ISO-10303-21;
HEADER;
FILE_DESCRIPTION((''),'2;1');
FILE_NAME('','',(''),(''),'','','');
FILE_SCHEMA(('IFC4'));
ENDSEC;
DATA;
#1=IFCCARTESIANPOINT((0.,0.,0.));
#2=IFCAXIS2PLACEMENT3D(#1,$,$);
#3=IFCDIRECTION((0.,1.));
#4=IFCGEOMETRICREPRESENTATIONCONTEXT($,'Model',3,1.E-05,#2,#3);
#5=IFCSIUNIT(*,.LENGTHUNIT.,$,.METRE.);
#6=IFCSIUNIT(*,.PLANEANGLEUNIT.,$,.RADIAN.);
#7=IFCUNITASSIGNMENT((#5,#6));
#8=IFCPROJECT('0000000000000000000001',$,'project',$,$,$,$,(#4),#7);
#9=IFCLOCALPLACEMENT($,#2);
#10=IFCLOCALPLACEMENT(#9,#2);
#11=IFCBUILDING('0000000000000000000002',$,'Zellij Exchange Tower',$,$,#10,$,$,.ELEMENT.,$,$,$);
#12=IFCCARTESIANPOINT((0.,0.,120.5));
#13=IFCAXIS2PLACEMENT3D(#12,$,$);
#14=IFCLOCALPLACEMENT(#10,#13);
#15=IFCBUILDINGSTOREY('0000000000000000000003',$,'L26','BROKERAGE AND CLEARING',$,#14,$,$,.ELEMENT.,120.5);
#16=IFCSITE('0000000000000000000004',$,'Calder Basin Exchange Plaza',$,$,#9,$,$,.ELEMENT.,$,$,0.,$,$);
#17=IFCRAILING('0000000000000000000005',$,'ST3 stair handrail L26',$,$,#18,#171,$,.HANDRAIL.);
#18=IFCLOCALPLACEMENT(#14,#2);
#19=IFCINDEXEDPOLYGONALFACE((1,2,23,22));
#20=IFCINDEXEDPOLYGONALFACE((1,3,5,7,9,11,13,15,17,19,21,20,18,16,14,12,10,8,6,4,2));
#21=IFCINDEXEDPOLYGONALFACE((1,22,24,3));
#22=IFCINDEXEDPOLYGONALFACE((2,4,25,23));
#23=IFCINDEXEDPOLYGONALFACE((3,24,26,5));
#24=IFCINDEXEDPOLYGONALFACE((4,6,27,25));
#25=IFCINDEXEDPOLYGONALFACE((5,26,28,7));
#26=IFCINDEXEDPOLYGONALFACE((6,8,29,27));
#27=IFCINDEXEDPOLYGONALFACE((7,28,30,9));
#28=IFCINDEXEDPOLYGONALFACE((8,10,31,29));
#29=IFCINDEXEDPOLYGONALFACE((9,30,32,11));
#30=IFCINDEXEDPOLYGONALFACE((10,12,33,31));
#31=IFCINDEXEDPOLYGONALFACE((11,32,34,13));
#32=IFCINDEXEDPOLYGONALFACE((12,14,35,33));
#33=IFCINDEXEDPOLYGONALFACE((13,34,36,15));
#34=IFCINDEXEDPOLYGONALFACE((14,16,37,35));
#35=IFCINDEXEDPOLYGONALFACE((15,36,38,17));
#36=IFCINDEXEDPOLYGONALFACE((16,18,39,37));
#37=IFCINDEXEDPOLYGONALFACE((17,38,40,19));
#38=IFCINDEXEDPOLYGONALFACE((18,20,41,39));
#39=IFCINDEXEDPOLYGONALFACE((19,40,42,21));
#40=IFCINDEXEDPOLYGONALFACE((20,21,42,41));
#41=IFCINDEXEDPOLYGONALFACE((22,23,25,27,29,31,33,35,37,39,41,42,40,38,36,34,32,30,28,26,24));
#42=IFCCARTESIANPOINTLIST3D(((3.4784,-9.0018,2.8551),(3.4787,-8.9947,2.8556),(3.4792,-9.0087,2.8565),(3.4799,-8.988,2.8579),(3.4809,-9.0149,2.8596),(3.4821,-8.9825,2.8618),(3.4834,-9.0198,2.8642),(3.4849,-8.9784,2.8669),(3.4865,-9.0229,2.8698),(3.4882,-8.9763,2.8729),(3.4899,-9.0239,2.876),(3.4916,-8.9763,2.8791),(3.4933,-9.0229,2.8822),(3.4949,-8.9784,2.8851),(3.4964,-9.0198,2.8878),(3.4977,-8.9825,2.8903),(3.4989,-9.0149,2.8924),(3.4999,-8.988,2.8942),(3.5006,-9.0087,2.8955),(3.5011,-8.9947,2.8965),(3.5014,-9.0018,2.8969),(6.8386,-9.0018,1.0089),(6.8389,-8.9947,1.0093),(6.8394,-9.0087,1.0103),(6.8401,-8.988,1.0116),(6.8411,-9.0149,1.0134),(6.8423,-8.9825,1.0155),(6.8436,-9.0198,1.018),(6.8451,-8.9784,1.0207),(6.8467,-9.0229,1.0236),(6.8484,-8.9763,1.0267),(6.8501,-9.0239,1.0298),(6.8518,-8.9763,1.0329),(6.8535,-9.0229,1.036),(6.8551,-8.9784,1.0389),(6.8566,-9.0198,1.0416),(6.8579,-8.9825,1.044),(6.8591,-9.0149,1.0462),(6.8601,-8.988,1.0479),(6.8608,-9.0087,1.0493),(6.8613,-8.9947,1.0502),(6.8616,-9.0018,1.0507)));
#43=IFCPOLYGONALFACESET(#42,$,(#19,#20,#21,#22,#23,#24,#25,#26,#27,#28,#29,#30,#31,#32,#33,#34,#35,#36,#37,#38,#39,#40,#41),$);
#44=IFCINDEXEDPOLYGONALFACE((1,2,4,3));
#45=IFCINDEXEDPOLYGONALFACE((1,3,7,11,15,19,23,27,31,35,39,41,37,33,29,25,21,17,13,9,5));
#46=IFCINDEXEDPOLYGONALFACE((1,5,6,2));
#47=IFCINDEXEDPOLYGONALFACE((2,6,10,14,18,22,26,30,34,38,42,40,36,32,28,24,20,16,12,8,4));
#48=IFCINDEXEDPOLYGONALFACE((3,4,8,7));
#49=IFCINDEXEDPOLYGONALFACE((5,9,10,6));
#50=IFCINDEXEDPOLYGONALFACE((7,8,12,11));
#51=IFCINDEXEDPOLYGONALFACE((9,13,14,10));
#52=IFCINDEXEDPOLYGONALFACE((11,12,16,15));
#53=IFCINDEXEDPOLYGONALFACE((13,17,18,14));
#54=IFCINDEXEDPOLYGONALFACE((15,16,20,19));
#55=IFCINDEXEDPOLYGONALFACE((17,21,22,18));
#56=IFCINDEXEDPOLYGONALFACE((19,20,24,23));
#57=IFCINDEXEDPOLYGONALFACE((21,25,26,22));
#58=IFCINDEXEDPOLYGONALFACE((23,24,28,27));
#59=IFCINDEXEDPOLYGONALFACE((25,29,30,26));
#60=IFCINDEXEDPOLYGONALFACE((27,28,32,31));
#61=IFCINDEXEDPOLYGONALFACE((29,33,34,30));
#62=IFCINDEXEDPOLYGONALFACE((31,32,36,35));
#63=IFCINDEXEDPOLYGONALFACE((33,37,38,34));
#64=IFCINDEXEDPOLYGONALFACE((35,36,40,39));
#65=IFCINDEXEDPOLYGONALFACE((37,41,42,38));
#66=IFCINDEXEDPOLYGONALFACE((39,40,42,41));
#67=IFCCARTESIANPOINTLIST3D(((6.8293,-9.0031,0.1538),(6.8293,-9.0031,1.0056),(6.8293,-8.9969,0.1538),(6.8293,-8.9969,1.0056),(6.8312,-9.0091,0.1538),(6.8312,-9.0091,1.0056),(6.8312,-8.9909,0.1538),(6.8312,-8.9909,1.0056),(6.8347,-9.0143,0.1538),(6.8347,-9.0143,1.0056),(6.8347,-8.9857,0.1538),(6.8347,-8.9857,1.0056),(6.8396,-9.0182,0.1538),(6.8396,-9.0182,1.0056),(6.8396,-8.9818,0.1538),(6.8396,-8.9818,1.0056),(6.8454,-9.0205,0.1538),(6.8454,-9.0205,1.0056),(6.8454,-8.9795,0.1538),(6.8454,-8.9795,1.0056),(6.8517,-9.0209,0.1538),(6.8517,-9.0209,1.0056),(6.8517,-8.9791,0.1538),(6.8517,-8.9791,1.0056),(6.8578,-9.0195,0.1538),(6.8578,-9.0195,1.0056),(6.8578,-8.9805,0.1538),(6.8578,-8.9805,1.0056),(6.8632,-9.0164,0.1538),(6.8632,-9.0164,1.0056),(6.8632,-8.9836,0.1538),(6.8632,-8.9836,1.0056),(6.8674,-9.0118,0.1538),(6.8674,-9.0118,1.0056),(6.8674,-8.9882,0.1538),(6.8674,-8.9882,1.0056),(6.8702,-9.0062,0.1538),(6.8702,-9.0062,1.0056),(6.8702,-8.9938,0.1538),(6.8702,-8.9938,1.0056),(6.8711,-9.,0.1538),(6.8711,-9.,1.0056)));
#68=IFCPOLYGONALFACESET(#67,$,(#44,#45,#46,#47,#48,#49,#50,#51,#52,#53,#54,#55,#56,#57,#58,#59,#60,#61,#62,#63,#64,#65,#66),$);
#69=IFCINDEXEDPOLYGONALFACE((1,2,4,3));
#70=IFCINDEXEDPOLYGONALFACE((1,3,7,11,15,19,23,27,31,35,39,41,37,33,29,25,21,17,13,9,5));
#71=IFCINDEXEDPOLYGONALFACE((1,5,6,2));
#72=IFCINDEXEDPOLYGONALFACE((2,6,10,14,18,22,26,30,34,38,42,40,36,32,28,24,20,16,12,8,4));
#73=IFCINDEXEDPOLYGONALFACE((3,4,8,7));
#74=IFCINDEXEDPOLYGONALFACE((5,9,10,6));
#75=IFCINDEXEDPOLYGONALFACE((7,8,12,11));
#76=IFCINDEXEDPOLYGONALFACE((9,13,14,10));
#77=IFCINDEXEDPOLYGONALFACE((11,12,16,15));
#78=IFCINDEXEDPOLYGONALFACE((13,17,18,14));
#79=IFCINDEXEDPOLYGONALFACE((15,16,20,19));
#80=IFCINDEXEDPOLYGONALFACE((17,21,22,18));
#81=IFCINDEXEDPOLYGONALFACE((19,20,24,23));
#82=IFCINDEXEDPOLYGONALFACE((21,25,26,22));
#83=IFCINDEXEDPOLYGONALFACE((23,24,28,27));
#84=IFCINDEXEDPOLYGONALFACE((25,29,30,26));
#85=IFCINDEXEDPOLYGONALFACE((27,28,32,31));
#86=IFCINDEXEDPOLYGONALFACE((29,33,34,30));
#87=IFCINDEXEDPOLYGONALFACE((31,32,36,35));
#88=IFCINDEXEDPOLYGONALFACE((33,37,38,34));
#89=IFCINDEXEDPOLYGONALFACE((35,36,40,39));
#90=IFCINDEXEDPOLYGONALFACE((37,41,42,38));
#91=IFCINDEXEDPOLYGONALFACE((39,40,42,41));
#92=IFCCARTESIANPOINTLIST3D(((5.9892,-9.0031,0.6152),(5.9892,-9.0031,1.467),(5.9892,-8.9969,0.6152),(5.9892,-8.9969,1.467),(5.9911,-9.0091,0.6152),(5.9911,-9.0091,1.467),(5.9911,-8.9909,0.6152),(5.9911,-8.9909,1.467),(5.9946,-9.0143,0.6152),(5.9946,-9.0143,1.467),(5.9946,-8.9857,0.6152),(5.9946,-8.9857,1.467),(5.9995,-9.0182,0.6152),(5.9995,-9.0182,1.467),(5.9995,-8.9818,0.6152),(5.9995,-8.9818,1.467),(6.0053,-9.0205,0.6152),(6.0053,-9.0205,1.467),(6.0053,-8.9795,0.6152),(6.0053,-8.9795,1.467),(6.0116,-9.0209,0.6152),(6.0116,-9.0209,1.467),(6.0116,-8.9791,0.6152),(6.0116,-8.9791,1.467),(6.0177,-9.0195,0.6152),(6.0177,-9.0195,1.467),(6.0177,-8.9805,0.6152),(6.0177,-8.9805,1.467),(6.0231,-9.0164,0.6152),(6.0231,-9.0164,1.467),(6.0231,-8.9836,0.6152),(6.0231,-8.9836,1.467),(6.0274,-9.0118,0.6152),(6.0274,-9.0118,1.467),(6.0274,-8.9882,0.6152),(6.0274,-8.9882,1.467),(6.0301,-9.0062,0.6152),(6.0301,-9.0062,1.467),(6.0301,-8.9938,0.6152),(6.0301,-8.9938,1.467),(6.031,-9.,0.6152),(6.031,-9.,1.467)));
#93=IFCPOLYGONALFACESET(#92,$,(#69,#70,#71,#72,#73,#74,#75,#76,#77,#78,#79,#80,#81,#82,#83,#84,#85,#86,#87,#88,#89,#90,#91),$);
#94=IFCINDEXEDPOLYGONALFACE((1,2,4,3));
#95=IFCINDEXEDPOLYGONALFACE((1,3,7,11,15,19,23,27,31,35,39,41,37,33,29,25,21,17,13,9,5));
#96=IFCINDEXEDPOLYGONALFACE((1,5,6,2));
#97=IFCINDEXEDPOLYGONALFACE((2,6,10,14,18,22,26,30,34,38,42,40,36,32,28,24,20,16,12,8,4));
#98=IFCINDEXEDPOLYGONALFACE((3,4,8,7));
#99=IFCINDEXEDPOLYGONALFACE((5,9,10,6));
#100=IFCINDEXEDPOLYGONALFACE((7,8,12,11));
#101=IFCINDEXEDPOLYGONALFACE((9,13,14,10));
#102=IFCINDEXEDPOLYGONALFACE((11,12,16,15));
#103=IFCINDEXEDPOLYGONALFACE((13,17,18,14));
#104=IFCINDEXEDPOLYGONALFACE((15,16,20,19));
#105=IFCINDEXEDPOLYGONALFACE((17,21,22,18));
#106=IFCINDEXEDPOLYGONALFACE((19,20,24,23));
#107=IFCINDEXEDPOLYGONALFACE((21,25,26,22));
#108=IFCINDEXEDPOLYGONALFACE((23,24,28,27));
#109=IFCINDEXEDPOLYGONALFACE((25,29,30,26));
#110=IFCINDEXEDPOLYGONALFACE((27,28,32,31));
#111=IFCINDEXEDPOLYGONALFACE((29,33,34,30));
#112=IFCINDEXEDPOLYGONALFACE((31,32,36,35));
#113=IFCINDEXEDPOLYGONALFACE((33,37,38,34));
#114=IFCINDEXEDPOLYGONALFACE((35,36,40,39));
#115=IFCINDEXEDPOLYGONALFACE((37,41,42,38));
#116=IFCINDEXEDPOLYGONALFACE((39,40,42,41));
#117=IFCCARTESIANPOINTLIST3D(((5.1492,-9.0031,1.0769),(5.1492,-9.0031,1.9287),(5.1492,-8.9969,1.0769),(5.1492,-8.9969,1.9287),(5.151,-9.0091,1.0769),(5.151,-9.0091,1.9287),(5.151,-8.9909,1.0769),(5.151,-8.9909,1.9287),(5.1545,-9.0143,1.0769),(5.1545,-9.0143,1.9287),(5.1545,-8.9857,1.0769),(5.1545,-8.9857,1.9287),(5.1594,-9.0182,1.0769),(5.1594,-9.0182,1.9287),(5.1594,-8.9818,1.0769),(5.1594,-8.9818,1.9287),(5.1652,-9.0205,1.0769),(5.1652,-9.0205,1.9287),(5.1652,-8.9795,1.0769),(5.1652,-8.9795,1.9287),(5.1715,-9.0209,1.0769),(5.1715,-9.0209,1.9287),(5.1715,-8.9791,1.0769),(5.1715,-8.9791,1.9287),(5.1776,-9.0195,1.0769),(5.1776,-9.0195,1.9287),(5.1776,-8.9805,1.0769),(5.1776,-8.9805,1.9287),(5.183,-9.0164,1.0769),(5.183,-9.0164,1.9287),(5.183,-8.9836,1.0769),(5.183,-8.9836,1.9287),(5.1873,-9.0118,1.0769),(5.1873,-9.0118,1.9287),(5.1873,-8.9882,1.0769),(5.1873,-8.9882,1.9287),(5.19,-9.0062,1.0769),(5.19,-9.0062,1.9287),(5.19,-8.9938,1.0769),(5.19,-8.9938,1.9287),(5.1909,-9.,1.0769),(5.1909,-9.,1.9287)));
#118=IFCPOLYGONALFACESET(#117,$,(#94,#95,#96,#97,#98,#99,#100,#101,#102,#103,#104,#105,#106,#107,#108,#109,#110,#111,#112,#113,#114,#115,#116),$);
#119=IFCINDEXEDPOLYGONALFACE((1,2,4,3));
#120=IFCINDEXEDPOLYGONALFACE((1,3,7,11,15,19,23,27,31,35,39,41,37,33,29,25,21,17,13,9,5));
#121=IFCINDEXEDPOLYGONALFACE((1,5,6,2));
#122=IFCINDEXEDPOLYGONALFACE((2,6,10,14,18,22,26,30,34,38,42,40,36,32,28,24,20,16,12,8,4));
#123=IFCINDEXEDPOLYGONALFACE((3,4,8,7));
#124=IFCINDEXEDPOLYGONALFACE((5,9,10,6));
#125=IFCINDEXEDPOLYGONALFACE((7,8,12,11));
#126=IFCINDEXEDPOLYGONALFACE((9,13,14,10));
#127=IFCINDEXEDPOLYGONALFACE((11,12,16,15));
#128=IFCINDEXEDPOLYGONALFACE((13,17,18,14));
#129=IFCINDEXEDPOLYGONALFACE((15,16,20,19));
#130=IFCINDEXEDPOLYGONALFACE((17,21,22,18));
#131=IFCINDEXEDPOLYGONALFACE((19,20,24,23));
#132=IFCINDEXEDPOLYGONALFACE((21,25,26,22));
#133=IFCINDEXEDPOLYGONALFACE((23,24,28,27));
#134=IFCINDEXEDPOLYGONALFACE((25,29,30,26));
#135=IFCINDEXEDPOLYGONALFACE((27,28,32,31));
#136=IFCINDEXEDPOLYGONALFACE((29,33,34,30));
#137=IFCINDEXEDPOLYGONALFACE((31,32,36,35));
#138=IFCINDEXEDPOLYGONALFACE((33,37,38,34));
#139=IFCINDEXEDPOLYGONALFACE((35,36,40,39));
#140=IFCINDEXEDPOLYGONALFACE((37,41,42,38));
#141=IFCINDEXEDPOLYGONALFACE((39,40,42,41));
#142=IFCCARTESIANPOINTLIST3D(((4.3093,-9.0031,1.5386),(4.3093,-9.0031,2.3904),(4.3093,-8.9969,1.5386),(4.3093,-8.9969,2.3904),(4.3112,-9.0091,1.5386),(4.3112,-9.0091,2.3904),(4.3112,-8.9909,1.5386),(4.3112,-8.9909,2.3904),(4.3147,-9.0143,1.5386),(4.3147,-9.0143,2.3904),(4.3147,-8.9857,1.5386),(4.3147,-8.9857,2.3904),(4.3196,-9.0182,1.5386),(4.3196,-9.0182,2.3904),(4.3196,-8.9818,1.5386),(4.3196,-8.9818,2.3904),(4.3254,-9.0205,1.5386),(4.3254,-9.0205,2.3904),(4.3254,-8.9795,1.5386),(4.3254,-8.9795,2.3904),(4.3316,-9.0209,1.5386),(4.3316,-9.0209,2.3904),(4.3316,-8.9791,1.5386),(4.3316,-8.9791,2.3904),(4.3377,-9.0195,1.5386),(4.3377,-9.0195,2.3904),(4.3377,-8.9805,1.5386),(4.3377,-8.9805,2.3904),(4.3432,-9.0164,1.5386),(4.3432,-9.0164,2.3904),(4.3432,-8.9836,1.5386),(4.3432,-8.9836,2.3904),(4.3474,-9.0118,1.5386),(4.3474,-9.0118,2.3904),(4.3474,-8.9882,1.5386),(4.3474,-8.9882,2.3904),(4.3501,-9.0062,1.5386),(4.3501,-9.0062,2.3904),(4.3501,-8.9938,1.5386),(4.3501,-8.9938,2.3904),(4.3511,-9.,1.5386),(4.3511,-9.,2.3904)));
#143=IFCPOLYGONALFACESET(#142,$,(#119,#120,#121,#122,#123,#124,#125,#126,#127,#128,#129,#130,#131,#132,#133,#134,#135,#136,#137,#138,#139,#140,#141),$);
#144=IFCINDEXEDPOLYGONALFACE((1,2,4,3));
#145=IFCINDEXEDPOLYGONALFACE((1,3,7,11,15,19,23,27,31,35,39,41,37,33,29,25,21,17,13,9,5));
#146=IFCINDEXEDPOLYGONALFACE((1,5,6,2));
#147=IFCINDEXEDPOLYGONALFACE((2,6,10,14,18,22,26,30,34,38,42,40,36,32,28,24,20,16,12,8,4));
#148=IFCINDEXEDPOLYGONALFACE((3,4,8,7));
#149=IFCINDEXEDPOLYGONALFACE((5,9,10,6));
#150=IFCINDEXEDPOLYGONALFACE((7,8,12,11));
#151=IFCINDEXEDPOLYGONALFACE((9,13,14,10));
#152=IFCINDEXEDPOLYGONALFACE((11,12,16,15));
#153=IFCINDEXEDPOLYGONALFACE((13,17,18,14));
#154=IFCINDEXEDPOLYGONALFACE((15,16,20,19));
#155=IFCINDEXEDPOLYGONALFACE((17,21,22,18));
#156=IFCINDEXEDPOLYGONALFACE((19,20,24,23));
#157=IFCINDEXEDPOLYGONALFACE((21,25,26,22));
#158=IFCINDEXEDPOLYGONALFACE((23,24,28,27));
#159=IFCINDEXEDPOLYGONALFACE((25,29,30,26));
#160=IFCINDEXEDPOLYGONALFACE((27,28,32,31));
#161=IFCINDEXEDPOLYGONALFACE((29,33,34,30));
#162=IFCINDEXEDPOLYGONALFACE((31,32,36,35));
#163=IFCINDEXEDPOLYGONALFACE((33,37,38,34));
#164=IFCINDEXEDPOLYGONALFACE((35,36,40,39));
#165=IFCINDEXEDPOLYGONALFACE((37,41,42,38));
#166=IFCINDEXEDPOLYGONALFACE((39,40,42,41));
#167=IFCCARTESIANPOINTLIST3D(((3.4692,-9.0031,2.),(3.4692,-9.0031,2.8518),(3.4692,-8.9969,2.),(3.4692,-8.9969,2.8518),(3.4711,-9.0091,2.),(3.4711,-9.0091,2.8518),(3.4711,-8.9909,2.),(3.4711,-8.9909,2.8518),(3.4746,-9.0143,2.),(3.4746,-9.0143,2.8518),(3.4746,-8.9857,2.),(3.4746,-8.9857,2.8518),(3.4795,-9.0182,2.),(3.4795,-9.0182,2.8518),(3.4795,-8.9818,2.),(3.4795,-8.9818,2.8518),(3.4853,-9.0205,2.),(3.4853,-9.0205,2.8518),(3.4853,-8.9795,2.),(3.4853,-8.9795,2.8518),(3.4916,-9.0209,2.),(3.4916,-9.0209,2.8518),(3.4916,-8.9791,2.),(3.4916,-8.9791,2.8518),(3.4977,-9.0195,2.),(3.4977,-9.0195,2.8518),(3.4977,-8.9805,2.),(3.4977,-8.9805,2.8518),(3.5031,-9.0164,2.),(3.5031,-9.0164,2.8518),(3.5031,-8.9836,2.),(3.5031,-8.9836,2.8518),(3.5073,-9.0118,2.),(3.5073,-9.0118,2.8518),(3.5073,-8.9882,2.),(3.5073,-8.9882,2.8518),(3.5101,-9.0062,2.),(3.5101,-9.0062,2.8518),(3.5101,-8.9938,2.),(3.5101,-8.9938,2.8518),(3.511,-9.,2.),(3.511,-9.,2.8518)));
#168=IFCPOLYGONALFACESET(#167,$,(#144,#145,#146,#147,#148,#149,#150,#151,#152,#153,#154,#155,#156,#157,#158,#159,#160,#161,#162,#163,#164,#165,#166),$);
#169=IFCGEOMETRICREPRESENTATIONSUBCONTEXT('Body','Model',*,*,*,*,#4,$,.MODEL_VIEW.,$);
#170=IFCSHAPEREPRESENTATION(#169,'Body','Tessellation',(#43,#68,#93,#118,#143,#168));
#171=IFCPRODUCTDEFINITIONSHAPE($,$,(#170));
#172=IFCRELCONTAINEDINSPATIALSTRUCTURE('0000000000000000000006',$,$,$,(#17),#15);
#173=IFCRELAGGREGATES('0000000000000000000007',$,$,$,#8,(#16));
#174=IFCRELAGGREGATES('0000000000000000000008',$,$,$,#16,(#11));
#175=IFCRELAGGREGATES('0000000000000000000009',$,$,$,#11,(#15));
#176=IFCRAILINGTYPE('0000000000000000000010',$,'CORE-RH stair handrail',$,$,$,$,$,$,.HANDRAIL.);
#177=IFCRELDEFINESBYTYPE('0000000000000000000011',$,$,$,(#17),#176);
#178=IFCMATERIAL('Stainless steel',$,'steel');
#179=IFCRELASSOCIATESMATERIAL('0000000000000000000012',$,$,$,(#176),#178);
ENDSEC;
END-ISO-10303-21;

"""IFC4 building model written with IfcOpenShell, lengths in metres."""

from ifc_helpers import new_model, si_unit, direction, frame, origin, origin_2d, place, context, subcontext, project, spatial, circle, extrude, material, type_object, element, save


model = new_model("IFC4")

# Units and contexts
model_context = context("Model", 3, precision=1e-05, world=origin(), true_north=direction((0.0, 1.0)))
body_context = subcontext(model_context, "Body", "Model", "MODEL_VIEW")
ifc_project = project(units=[si_unit("LENGTHUNIT", "METRE"), si_unit("PLANEANGLEUNIT", "RADIAN")], contexts=[model_context])

# Site, building, storey
site_placement = place(None, origin())
site = spatial("IfcSite", under=ifc_project, at=site_placement, Name="Calder Basin Exchange Plaza", CompositionType="ELEMENT", RefElevation=0.0)
building_placement = place(site_placement, origin())
building = spatial("IfcBuilding", under=site, at=building_placement, Name="Zellij Exchange Tower", CompositionType="ELEMENT")
storey_placement = place(building_placement, frame((0.0, 0.0, 120.5)))
storey = spatial("IfcBuildingStorey", under=building, at=storey_placement, Name="L26", Description="BROKERAGE AND CLEARING", CompositionType="ELEMENT", Elevation=120.5)

# Railing
ifc_material_1 = material(Name="Stainless steel", Category="steel")
railing_type_1 = type_object("IfcRailingType", Name="CORE-RH stair handrail", PredefinedType="HANDRAIL", material=ifc_material_1)
railing_1_placement = place(storey_placement, frame((6.8501, -9.0, 0.1538)))
element("IfcRailing", 1, at=railing_1_placement, inside=storey, type_object=railing_type_1, Name="ST3 stair handrail L26", PredefinedType="HANDRAIL", context=body_context, shape_type="SweptSolid", body=[
    extrude(circle(Radius=0.0239, at=origin_2d()), frame((0.0, 0.0, 0.876), z_axis=(-0.876422, 0.0, 0.481545), x_axis=(0.0, -1.0, 0.0)), (0.0, 0.0, 1.0), 3.834),
    extrude(circle(Radius=0.021, at=origin_2d()), origin(), (0.0, 0.0, 1.0), 0.8518),
    extrude(circle(Radius=0.021, at=origin_2d()), frame((-0.8401, 0.0, 0.4614)), (0.0, 0.0, 1.0), 0.8518),
    extrude(circle(Radius=0.021, at=origin_2d()), frame((-1.6802, 0.0, 0.9231)), (0.0, 0.0, 1.0), 0.8518),
    extrude(circle(Radius=0.021, at=origin_2d()), frame((-2.52, 0.0, 1.3848)), (0.0, 0.0, 1.0), 0.8518),
    extrude(circle(Radius=0.021, at=origin_2d()), frame((-3.3601, 0.0, 1.8462)), (0.0, 0.0, 1.0), 0.8518),
])

save(model, "model.ifc")
